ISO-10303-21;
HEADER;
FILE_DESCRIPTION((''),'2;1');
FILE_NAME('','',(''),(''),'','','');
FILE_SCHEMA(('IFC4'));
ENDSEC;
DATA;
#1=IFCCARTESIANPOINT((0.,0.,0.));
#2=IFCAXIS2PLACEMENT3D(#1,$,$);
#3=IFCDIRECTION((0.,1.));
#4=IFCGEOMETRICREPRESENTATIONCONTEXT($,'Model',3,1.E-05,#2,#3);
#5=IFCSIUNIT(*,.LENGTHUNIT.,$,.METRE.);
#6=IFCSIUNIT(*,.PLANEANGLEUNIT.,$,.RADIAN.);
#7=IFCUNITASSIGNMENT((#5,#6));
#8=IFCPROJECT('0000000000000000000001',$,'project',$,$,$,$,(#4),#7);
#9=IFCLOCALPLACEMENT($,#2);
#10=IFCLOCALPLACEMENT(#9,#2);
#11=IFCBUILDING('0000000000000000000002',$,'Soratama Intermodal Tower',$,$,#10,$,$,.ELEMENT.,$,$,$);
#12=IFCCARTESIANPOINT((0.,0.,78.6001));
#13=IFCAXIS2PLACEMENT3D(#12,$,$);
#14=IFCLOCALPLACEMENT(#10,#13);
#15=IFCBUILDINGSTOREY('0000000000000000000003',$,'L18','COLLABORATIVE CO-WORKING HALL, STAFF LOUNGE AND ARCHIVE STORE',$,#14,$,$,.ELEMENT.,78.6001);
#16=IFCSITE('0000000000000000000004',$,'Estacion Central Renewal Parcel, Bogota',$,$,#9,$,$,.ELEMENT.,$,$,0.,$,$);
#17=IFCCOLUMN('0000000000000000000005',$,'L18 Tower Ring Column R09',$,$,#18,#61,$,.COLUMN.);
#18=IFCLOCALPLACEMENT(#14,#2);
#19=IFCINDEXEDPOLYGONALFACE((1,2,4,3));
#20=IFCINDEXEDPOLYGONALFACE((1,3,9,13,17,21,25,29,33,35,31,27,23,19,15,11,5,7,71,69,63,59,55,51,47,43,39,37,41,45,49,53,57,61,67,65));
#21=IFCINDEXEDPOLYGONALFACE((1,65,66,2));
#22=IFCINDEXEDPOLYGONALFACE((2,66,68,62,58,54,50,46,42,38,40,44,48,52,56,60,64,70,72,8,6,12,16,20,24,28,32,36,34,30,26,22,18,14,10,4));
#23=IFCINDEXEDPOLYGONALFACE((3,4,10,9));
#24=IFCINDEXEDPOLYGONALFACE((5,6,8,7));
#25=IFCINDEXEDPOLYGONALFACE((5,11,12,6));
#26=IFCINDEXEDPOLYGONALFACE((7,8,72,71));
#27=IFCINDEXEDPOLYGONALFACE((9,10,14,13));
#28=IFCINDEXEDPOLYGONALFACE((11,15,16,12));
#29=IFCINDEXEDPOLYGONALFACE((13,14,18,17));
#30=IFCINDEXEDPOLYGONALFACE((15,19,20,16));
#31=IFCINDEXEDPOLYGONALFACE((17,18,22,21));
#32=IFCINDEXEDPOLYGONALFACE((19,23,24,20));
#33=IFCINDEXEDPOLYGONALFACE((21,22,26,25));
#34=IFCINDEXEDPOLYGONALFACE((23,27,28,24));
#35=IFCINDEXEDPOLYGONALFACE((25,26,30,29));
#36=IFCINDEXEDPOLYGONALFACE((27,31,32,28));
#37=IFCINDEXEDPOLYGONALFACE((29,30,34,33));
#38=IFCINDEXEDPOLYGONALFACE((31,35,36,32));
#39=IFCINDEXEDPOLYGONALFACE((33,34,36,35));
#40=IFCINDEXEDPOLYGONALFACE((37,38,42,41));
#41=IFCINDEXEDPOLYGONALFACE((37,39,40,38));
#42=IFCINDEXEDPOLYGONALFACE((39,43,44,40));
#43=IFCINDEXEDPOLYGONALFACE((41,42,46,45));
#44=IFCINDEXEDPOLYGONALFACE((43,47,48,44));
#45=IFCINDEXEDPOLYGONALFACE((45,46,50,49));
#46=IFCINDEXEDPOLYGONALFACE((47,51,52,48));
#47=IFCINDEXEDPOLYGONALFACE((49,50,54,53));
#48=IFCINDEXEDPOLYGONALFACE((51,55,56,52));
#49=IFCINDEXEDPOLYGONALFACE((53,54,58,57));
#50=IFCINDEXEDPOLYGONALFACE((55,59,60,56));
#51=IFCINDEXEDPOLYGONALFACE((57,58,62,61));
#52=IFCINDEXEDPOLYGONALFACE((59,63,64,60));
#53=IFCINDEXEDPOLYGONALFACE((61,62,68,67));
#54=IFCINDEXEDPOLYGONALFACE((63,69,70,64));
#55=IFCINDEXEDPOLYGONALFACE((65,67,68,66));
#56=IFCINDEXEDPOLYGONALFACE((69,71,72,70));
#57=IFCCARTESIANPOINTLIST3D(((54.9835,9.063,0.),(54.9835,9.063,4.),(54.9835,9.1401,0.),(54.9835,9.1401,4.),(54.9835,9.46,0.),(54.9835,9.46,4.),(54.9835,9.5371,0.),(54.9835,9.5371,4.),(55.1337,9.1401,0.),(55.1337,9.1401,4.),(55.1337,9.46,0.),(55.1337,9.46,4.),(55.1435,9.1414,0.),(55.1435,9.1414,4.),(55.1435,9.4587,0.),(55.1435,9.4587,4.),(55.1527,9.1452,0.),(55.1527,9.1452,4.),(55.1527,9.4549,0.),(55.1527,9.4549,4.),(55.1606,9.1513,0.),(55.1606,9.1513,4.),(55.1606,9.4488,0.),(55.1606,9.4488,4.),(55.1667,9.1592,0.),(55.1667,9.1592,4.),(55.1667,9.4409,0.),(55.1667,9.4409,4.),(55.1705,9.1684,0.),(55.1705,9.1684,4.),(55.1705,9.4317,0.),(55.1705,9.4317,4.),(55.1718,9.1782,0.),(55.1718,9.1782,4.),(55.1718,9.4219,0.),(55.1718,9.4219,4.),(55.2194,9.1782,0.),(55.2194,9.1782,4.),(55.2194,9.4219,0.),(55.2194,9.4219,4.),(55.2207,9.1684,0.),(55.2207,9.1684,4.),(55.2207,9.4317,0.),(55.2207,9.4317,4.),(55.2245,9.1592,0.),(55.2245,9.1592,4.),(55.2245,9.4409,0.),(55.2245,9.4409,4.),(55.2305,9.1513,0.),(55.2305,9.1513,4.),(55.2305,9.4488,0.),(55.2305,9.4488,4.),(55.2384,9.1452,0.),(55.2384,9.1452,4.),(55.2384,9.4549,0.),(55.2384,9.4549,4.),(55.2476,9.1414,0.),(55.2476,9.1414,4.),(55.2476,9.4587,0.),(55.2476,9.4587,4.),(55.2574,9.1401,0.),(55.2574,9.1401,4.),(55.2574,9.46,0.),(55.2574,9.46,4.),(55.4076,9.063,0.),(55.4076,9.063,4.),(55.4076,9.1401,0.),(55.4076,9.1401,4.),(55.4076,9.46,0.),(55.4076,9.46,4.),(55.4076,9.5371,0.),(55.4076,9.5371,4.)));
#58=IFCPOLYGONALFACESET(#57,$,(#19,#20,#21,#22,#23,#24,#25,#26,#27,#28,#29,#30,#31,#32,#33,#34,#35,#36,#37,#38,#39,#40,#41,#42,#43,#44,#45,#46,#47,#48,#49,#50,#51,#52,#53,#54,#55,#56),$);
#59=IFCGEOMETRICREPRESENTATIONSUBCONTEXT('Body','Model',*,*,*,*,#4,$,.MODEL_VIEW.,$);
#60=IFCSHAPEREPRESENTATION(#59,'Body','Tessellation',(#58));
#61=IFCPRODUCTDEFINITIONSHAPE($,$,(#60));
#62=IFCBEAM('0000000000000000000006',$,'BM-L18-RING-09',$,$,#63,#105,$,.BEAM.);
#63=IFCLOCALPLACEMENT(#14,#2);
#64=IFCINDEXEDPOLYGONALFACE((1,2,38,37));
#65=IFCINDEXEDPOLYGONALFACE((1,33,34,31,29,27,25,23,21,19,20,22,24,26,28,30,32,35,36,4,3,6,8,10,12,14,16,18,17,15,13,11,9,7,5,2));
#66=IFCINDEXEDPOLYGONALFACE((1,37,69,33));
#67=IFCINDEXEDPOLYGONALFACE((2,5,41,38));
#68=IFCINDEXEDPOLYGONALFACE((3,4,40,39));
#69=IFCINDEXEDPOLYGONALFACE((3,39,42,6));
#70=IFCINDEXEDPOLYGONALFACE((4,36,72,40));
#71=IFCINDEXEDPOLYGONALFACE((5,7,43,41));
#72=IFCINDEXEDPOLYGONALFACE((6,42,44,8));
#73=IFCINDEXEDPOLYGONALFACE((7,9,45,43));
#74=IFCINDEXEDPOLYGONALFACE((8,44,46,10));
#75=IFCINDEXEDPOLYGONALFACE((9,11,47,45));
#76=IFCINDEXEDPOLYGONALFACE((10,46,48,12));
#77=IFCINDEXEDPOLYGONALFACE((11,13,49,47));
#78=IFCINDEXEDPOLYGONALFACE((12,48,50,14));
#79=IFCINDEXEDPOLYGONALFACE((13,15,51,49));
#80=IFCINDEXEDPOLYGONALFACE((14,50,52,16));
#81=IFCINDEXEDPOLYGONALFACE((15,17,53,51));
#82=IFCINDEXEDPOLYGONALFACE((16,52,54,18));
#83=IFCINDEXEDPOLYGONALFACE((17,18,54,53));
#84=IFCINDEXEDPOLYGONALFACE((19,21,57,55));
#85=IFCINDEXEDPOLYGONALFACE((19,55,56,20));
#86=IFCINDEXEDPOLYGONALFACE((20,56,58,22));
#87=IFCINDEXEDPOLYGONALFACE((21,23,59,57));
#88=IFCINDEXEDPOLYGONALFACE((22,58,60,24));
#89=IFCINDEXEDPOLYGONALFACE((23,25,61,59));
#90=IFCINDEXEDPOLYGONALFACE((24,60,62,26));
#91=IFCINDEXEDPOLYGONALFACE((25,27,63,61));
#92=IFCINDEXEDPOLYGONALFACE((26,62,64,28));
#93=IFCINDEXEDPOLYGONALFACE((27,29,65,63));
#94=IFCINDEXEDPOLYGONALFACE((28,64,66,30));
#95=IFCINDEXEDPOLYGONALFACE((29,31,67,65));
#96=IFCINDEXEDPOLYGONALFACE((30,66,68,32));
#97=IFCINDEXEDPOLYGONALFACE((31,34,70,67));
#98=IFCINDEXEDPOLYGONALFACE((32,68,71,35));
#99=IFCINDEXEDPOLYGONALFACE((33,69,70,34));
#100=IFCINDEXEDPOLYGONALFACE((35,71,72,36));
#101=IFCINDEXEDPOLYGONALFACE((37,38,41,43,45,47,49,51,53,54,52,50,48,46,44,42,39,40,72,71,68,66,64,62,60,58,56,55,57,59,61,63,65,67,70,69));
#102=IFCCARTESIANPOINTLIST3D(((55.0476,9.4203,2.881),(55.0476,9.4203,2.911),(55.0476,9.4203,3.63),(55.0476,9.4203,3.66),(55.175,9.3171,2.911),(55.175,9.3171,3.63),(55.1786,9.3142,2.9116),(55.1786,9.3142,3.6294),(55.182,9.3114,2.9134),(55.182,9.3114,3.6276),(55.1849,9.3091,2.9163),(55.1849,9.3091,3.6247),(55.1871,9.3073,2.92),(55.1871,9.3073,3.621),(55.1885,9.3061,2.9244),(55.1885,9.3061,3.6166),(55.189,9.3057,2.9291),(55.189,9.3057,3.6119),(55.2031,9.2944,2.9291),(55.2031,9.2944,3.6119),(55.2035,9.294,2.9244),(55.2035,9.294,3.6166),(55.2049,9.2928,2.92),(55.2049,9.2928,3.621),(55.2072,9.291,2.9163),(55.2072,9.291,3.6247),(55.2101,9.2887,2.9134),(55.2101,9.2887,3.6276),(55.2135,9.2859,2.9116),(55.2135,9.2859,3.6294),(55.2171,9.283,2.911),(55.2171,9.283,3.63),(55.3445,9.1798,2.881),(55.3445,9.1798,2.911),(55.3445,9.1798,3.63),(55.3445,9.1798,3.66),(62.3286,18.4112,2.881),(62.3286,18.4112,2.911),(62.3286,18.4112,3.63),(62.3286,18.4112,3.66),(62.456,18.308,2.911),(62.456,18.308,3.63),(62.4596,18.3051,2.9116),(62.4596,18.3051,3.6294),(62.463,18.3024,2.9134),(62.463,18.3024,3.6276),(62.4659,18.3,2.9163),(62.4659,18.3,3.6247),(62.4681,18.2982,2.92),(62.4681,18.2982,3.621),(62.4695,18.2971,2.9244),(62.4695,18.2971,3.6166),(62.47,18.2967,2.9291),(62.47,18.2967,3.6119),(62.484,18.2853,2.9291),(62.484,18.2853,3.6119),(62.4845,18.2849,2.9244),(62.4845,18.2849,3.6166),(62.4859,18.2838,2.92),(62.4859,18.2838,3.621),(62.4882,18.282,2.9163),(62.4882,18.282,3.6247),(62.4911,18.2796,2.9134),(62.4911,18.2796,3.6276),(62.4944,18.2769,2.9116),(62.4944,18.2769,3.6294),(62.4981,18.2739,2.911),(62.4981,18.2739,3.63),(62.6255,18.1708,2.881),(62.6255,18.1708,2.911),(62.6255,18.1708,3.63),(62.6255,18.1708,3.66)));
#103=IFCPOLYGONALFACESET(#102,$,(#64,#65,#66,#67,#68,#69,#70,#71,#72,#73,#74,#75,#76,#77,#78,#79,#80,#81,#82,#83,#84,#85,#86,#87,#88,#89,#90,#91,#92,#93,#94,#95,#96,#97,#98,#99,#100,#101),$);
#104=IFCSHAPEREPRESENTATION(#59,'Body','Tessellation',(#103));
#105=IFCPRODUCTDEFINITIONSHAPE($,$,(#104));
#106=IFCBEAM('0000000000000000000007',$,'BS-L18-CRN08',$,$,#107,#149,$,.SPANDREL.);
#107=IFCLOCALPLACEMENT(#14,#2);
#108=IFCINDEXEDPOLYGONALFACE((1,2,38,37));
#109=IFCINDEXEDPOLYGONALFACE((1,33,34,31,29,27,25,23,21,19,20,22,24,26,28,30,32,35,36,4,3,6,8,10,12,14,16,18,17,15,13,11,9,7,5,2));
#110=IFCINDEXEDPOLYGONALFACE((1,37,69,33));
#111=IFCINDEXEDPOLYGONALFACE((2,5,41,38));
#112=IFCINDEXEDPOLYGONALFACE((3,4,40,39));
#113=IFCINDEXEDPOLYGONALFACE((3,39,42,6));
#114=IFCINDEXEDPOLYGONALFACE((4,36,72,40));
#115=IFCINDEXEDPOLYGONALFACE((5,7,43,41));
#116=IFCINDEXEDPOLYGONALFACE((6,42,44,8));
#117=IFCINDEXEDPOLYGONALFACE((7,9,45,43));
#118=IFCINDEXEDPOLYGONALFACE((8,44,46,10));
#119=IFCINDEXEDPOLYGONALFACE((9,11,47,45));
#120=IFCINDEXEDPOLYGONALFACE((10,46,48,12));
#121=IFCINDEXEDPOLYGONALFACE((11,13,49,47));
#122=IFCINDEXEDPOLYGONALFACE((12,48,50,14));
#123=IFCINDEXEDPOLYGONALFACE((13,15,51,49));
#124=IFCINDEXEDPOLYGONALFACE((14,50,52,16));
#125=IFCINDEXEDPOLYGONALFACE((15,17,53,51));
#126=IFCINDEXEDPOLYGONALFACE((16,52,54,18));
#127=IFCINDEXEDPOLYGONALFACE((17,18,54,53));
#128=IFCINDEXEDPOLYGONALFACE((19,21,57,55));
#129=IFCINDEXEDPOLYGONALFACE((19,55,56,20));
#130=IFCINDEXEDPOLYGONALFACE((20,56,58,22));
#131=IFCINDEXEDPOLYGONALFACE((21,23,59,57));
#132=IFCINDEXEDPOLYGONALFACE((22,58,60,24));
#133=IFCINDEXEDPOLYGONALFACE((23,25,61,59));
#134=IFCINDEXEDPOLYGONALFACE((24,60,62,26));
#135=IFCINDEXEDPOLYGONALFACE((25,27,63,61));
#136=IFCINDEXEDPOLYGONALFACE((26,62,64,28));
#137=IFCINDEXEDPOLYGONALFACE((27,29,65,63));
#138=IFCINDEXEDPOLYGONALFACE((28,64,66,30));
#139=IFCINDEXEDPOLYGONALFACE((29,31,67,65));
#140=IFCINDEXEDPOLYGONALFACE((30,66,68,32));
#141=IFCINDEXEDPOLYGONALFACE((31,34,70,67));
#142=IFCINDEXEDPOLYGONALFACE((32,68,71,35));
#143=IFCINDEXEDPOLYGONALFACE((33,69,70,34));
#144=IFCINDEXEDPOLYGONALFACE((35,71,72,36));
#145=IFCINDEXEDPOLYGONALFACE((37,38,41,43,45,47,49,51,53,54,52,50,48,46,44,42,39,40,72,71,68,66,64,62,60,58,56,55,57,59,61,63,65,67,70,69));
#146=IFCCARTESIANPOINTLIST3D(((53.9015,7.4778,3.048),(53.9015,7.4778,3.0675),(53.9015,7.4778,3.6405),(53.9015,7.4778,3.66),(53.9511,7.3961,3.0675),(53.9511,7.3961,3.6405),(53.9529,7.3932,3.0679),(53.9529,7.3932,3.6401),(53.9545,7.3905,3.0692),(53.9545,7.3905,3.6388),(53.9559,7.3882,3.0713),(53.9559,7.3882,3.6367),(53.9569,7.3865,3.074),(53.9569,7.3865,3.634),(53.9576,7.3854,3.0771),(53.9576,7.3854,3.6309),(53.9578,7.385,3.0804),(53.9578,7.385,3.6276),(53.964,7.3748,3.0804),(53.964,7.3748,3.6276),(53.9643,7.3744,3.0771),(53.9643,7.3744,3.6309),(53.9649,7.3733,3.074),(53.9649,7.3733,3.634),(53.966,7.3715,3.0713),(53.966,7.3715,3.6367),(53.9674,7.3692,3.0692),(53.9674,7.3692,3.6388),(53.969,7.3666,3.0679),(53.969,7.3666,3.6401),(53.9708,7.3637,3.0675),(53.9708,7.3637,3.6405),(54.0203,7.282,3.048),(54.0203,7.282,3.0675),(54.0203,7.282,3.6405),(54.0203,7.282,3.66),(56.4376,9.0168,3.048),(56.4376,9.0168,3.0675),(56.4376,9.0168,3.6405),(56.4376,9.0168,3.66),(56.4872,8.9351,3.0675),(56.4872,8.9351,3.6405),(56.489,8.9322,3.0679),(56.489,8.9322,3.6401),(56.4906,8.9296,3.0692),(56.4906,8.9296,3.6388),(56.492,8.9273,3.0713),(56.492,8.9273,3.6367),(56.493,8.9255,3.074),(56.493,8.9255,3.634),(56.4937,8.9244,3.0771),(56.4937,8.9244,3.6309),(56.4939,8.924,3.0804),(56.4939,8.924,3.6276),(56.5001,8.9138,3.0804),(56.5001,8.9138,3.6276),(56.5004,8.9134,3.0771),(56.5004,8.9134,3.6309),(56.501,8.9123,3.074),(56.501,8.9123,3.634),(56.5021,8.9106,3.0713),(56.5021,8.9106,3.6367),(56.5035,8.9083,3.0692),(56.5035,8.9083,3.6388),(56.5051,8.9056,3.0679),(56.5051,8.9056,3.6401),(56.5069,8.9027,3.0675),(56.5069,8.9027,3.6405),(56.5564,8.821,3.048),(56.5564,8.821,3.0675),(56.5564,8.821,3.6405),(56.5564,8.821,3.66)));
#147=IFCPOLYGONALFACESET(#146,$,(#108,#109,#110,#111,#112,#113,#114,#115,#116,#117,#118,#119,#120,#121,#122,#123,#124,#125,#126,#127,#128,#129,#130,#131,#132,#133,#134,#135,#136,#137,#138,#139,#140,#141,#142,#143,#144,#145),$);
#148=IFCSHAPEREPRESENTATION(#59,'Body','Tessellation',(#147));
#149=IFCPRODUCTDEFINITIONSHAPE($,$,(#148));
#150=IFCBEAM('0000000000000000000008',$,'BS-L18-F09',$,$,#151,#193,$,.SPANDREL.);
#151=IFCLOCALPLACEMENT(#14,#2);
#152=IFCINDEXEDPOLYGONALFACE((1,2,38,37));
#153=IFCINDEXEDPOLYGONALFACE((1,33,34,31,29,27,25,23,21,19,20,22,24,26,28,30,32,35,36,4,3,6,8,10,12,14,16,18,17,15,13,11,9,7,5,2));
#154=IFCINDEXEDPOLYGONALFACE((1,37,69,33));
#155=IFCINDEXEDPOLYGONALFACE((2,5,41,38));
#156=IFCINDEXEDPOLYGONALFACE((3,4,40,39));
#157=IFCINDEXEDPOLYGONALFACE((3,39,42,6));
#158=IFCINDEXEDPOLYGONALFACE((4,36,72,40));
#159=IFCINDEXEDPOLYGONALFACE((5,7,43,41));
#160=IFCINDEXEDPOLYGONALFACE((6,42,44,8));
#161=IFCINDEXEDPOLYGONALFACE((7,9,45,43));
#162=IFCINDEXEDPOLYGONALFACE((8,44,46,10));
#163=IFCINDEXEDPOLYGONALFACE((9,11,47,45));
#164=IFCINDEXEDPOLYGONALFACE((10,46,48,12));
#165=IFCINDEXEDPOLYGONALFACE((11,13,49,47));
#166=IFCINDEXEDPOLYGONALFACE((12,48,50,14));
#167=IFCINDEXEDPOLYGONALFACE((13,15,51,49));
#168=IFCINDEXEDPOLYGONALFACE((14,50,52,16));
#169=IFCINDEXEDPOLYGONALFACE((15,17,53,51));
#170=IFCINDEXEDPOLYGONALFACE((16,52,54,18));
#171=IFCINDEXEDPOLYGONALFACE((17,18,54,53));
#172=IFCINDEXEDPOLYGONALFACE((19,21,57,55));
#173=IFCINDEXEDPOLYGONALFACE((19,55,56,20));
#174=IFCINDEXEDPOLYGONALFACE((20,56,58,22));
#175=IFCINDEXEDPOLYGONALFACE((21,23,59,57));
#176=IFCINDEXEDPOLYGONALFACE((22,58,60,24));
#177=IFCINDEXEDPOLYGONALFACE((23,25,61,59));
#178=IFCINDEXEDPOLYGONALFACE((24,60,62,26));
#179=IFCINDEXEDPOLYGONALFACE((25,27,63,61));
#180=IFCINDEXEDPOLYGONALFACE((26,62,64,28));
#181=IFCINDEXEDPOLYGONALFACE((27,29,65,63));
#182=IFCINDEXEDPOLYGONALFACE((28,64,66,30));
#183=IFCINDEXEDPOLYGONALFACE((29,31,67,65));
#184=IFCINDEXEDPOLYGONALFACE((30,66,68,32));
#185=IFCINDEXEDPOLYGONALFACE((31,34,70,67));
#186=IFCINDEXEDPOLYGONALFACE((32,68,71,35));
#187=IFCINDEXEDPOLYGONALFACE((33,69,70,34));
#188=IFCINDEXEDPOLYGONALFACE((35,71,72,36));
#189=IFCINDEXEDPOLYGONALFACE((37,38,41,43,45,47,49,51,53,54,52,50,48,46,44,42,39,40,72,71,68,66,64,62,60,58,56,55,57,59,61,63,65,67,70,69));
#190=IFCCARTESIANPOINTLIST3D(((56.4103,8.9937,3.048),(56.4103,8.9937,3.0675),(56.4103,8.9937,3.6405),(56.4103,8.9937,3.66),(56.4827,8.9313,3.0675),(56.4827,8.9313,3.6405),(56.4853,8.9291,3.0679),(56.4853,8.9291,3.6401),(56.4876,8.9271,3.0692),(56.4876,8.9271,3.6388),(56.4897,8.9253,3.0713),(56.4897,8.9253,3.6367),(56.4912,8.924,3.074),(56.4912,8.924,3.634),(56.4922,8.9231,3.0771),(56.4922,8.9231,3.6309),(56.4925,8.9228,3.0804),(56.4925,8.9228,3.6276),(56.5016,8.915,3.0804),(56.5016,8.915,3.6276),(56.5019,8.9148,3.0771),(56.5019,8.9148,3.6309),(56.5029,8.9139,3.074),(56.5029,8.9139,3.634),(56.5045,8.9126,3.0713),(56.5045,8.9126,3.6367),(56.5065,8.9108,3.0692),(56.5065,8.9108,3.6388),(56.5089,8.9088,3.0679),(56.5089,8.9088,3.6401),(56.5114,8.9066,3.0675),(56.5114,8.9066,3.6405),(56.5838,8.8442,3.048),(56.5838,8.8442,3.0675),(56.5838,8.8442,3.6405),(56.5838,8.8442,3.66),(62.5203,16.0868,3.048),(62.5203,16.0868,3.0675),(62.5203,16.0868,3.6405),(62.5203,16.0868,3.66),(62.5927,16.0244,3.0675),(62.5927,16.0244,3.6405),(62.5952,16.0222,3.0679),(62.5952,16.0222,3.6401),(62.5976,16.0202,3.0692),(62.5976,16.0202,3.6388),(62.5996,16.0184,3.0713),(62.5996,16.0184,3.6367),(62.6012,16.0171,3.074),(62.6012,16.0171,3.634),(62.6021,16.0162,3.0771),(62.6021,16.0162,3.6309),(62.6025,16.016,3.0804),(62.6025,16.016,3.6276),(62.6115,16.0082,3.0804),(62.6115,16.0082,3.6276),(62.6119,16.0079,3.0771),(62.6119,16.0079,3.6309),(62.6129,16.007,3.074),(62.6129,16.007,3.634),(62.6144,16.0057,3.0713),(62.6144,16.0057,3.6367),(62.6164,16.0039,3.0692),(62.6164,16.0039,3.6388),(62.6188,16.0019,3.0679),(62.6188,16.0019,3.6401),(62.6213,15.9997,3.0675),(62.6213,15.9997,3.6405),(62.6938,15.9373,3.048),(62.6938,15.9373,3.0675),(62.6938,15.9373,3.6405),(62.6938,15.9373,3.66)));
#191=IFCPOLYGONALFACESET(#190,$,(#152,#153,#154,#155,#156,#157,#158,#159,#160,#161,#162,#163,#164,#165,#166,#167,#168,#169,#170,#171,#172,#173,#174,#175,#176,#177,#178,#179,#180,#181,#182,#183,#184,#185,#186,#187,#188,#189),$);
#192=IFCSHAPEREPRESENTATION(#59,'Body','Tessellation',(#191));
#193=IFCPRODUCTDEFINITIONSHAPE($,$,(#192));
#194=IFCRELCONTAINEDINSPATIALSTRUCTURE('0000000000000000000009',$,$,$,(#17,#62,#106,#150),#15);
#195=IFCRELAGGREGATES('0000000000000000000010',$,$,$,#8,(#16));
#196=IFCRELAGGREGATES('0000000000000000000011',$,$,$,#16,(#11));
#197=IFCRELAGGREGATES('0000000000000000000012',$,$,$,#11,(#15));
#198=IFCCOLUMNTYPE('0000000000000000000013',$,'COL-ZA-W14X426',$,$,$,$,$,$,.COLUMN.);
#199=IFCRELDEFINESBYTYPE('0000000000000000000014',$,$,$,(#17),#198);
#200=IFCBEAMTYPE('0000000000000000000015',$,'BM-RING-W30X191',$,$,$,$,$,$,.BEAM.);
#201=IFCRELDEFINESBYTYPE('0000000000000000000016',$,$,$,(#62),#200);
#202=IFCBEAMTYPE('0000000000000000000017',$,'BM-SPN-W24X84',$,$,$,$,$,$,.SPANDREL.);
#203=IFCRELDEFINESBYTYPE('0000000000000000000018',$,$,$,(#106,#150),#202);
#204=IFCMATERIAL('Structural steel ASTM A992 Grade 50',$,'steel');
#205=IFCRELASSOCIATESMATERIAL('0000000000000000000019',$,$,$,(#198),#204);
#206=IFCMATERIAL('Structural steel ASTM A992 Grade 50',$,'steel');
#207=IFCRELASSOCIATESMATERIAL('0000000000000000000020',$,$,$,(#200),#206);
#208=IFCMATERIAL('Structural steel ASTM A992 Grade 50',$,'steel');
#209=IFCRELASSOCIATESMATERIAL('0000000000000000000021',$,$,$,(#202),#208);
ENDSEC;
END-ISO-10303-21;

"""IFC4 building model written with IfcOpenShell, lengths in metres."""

from ifc_helpers import new_model, si_unit, direction, frame, origin, origin_2d, place, context, subcontext, project, spatial, i_section, extrude, material, material_profile, profile_set, type_object, element, save


model = new_model("IFC4")

# Units and contexts
model_context = context("Model", 3, precision=1e-05, world=origin(), true_north=direction((0.0, 1.0)))
body_context = subcontext(model_context, "Body", "Model", "MODEL_VIEW")
ifc_project = project(units=[si_unit("LENGTHUNIT", "METRE"), si_unit("PLANEANGLEUNIT", "RADIAN")], contexts=[model_context])

# Site, building, storey
site_placement = place(None, origin())
site = spatial("IfcSite", under=ifc_project, at=site_placement, Name="Estacion Central Renewal Parcel, Bogota", CompositionType="ELEMENT", RefElevation=0.0)
building_placement = place(site_placement, origin())
building = spatial("IfcBuilding", under=site, at=building_placement, Name="Soratama Intermodal Tower", CompositionType="ELEMENT")
storey_placement = place(building_placement, frame((0.0, 0.0, 78.6001)))
storey = spatial("IfcBuildingStorey", under=building, at=storey_placement, Name="L18", Description="COLLABORATIVE CO-WORKING HALL, STAFF LOUNGE AND ARCHIVE STORE", CompositionType="ELEMENT", Elevation=78.6001)

# Column
ifc_material_1 = material(Name="Structural steel ASTM A992 Grade 50", Category="steel")
ifc_material_profile_1 = material_profile(ifc_material_1, i_section(OverallWidth=0.4241, OverallDepth=0.4741, WebThickness=0.0476, FlangeThickness=0.0771, FilletRadius=0.0381, at=origin_2d()), Name="W14X426")
ifc_profile_set_1 = profile_set([ifc_material_profile_1], Name="Structural steel ASTM A992 Grade 50")
column_type = type_object("IfcColumnType", Name="COL-ZA-W14X426", PredefinedType="COLUMN", material=ifc_profile_set_1)
column_placement = place(storey_placement, frame((55.1956, 9.3, 0.0), z_axis=(0.0, 0.0, 1.0), x_axis=(1.0, 0.0, 0.0)))
element("IfcColumn", 1, at=column_placement, inside=storey, type_object=column_type, Name="L18 Tower Ring Column R09", PredefinedType="COLUMN", context=body_context, shape_type="SweptSolid", body=[
    extrude(i_section(OverallWidth=0.4241, OverallDepth=0.4741, WebThickness=0.0476, FlangeThickness=0.0771, FilletRadius=0.0381, at=origin_2d()), origin(), (0.0, 0.0, 1.0), 4.0),
])

# Beams
ifc_material_2 = material(Name="Structural steel ASTM A992 Grade 50", Category="steel")
ifc_material_profile_2 = material_profile(ifc_material_2, i_section(OverallWidth=0.3821, OverallDepth=0.7791, WebThickness=0.0181, FlangeThickness=0.03, FilletRadius=0.0181, at=origin_2d()), Name="W30X191")
ifc_profile_set_2 = profile_set([ifc_material_profile_2], Name="Structural steel ASTM A992 Grade 50")
beam_type_1 = type_object("IfcBeamType", Name="BM-RING-W30X191", PredefinedType="BEAM", material=ifc_profile_set_2)
beam_1_placement = place(storey_placement, frame((55.196, 9.3, 3.2705), z_axis=(0.629334, 0.777135, 0.0), x_axis=(-0.777135, 0.629334, 0.0)))
element("IfcBeam", 2, at=beam_1_placement, inside=storey, type_object=beam_type_1, Name="BM-L18-RING-09", PredefinedType="BEAM", context=body_context, shape_type="SweptSolid", body=[
    extrude(i_section(OverallWidth=0.3821, OverallDepth=0.7791, WebThickness=0.0181, FlangeThickness=0.03, FilletRadius=0.0181, at=origin_2d()), origin(), (0.0, 0.0, 1.0), 11.5693),
])
ifc_material_3 = material(Name="Structural steel ASTM A992 Grade 50", Category="steel")
ifc_material_profile_3 = material_profile(ifc_material_3, i_section(OverallWidth=0.229, OverallDepth=0.6121, WebThickness=0.012, FlangeThickness=0.0195, FilletRadius=0.0129, at=origin_2d()), Name="W24X84")
ifc_profile_set_3 = profile_set([ifc_material_profile_3], Name="Structural steel ASTM A992 Grade 50")
beam_type_2 = type_object("IfcBeamType", Name="BM-SPN-W24X84", PredefinedType="SPANDREL", material=ifc_profile_set_3)
beam_2_placement = place(storey_placement, frame((53.9609, 7.3799, 3.354), z_axis=(0.854897, 0.518798, 0.0), x_axis=(-0.518798, 0.854897, 0.0)))
element("IfcBeam", 3, at=beam_2_placement, inside=storey, type_object=beam_type_2, Name="BS-L18-CRN08", PredefinedType="SPANDREL", context=body_context, shape_type="SweptSolid", body=[
    extrude(i_section(OverallWidth=0.229, OverallDepth=0.6121, WebThickness=0.012, FlangeThickness=0.0195, FilletRadius=0.0129, at=origin_2d()), origin(), (0.0, 0.0, 1.0), 2.9666),
])
beam_3_placement = place(storey_placement, frame((56.4971, 8.9189, 3.354), z_axis=(0.652645, 0.757664, 0.0), x_axis=(-0.757664, 0.652645, 0.0)))
element("IfcBeam", 4, at=beam_3_placement, inside=storey, type_object=beam_type_2, Name="BS-L18-F09", PredefinedType="SPANDREL", context=body_context, shape_type="SweptSolid", body=[
    extrude(i_section(OverallWidth=0.229, OverallDepth=0.6121, WebThickness=0.012, FlangeThickness=0.0195, FilletRadius=0.0129, at=origin_2d()), origin(), (0.0, 0.0, 1.0), 9.3618),
])

save(model, "model.ifc")
